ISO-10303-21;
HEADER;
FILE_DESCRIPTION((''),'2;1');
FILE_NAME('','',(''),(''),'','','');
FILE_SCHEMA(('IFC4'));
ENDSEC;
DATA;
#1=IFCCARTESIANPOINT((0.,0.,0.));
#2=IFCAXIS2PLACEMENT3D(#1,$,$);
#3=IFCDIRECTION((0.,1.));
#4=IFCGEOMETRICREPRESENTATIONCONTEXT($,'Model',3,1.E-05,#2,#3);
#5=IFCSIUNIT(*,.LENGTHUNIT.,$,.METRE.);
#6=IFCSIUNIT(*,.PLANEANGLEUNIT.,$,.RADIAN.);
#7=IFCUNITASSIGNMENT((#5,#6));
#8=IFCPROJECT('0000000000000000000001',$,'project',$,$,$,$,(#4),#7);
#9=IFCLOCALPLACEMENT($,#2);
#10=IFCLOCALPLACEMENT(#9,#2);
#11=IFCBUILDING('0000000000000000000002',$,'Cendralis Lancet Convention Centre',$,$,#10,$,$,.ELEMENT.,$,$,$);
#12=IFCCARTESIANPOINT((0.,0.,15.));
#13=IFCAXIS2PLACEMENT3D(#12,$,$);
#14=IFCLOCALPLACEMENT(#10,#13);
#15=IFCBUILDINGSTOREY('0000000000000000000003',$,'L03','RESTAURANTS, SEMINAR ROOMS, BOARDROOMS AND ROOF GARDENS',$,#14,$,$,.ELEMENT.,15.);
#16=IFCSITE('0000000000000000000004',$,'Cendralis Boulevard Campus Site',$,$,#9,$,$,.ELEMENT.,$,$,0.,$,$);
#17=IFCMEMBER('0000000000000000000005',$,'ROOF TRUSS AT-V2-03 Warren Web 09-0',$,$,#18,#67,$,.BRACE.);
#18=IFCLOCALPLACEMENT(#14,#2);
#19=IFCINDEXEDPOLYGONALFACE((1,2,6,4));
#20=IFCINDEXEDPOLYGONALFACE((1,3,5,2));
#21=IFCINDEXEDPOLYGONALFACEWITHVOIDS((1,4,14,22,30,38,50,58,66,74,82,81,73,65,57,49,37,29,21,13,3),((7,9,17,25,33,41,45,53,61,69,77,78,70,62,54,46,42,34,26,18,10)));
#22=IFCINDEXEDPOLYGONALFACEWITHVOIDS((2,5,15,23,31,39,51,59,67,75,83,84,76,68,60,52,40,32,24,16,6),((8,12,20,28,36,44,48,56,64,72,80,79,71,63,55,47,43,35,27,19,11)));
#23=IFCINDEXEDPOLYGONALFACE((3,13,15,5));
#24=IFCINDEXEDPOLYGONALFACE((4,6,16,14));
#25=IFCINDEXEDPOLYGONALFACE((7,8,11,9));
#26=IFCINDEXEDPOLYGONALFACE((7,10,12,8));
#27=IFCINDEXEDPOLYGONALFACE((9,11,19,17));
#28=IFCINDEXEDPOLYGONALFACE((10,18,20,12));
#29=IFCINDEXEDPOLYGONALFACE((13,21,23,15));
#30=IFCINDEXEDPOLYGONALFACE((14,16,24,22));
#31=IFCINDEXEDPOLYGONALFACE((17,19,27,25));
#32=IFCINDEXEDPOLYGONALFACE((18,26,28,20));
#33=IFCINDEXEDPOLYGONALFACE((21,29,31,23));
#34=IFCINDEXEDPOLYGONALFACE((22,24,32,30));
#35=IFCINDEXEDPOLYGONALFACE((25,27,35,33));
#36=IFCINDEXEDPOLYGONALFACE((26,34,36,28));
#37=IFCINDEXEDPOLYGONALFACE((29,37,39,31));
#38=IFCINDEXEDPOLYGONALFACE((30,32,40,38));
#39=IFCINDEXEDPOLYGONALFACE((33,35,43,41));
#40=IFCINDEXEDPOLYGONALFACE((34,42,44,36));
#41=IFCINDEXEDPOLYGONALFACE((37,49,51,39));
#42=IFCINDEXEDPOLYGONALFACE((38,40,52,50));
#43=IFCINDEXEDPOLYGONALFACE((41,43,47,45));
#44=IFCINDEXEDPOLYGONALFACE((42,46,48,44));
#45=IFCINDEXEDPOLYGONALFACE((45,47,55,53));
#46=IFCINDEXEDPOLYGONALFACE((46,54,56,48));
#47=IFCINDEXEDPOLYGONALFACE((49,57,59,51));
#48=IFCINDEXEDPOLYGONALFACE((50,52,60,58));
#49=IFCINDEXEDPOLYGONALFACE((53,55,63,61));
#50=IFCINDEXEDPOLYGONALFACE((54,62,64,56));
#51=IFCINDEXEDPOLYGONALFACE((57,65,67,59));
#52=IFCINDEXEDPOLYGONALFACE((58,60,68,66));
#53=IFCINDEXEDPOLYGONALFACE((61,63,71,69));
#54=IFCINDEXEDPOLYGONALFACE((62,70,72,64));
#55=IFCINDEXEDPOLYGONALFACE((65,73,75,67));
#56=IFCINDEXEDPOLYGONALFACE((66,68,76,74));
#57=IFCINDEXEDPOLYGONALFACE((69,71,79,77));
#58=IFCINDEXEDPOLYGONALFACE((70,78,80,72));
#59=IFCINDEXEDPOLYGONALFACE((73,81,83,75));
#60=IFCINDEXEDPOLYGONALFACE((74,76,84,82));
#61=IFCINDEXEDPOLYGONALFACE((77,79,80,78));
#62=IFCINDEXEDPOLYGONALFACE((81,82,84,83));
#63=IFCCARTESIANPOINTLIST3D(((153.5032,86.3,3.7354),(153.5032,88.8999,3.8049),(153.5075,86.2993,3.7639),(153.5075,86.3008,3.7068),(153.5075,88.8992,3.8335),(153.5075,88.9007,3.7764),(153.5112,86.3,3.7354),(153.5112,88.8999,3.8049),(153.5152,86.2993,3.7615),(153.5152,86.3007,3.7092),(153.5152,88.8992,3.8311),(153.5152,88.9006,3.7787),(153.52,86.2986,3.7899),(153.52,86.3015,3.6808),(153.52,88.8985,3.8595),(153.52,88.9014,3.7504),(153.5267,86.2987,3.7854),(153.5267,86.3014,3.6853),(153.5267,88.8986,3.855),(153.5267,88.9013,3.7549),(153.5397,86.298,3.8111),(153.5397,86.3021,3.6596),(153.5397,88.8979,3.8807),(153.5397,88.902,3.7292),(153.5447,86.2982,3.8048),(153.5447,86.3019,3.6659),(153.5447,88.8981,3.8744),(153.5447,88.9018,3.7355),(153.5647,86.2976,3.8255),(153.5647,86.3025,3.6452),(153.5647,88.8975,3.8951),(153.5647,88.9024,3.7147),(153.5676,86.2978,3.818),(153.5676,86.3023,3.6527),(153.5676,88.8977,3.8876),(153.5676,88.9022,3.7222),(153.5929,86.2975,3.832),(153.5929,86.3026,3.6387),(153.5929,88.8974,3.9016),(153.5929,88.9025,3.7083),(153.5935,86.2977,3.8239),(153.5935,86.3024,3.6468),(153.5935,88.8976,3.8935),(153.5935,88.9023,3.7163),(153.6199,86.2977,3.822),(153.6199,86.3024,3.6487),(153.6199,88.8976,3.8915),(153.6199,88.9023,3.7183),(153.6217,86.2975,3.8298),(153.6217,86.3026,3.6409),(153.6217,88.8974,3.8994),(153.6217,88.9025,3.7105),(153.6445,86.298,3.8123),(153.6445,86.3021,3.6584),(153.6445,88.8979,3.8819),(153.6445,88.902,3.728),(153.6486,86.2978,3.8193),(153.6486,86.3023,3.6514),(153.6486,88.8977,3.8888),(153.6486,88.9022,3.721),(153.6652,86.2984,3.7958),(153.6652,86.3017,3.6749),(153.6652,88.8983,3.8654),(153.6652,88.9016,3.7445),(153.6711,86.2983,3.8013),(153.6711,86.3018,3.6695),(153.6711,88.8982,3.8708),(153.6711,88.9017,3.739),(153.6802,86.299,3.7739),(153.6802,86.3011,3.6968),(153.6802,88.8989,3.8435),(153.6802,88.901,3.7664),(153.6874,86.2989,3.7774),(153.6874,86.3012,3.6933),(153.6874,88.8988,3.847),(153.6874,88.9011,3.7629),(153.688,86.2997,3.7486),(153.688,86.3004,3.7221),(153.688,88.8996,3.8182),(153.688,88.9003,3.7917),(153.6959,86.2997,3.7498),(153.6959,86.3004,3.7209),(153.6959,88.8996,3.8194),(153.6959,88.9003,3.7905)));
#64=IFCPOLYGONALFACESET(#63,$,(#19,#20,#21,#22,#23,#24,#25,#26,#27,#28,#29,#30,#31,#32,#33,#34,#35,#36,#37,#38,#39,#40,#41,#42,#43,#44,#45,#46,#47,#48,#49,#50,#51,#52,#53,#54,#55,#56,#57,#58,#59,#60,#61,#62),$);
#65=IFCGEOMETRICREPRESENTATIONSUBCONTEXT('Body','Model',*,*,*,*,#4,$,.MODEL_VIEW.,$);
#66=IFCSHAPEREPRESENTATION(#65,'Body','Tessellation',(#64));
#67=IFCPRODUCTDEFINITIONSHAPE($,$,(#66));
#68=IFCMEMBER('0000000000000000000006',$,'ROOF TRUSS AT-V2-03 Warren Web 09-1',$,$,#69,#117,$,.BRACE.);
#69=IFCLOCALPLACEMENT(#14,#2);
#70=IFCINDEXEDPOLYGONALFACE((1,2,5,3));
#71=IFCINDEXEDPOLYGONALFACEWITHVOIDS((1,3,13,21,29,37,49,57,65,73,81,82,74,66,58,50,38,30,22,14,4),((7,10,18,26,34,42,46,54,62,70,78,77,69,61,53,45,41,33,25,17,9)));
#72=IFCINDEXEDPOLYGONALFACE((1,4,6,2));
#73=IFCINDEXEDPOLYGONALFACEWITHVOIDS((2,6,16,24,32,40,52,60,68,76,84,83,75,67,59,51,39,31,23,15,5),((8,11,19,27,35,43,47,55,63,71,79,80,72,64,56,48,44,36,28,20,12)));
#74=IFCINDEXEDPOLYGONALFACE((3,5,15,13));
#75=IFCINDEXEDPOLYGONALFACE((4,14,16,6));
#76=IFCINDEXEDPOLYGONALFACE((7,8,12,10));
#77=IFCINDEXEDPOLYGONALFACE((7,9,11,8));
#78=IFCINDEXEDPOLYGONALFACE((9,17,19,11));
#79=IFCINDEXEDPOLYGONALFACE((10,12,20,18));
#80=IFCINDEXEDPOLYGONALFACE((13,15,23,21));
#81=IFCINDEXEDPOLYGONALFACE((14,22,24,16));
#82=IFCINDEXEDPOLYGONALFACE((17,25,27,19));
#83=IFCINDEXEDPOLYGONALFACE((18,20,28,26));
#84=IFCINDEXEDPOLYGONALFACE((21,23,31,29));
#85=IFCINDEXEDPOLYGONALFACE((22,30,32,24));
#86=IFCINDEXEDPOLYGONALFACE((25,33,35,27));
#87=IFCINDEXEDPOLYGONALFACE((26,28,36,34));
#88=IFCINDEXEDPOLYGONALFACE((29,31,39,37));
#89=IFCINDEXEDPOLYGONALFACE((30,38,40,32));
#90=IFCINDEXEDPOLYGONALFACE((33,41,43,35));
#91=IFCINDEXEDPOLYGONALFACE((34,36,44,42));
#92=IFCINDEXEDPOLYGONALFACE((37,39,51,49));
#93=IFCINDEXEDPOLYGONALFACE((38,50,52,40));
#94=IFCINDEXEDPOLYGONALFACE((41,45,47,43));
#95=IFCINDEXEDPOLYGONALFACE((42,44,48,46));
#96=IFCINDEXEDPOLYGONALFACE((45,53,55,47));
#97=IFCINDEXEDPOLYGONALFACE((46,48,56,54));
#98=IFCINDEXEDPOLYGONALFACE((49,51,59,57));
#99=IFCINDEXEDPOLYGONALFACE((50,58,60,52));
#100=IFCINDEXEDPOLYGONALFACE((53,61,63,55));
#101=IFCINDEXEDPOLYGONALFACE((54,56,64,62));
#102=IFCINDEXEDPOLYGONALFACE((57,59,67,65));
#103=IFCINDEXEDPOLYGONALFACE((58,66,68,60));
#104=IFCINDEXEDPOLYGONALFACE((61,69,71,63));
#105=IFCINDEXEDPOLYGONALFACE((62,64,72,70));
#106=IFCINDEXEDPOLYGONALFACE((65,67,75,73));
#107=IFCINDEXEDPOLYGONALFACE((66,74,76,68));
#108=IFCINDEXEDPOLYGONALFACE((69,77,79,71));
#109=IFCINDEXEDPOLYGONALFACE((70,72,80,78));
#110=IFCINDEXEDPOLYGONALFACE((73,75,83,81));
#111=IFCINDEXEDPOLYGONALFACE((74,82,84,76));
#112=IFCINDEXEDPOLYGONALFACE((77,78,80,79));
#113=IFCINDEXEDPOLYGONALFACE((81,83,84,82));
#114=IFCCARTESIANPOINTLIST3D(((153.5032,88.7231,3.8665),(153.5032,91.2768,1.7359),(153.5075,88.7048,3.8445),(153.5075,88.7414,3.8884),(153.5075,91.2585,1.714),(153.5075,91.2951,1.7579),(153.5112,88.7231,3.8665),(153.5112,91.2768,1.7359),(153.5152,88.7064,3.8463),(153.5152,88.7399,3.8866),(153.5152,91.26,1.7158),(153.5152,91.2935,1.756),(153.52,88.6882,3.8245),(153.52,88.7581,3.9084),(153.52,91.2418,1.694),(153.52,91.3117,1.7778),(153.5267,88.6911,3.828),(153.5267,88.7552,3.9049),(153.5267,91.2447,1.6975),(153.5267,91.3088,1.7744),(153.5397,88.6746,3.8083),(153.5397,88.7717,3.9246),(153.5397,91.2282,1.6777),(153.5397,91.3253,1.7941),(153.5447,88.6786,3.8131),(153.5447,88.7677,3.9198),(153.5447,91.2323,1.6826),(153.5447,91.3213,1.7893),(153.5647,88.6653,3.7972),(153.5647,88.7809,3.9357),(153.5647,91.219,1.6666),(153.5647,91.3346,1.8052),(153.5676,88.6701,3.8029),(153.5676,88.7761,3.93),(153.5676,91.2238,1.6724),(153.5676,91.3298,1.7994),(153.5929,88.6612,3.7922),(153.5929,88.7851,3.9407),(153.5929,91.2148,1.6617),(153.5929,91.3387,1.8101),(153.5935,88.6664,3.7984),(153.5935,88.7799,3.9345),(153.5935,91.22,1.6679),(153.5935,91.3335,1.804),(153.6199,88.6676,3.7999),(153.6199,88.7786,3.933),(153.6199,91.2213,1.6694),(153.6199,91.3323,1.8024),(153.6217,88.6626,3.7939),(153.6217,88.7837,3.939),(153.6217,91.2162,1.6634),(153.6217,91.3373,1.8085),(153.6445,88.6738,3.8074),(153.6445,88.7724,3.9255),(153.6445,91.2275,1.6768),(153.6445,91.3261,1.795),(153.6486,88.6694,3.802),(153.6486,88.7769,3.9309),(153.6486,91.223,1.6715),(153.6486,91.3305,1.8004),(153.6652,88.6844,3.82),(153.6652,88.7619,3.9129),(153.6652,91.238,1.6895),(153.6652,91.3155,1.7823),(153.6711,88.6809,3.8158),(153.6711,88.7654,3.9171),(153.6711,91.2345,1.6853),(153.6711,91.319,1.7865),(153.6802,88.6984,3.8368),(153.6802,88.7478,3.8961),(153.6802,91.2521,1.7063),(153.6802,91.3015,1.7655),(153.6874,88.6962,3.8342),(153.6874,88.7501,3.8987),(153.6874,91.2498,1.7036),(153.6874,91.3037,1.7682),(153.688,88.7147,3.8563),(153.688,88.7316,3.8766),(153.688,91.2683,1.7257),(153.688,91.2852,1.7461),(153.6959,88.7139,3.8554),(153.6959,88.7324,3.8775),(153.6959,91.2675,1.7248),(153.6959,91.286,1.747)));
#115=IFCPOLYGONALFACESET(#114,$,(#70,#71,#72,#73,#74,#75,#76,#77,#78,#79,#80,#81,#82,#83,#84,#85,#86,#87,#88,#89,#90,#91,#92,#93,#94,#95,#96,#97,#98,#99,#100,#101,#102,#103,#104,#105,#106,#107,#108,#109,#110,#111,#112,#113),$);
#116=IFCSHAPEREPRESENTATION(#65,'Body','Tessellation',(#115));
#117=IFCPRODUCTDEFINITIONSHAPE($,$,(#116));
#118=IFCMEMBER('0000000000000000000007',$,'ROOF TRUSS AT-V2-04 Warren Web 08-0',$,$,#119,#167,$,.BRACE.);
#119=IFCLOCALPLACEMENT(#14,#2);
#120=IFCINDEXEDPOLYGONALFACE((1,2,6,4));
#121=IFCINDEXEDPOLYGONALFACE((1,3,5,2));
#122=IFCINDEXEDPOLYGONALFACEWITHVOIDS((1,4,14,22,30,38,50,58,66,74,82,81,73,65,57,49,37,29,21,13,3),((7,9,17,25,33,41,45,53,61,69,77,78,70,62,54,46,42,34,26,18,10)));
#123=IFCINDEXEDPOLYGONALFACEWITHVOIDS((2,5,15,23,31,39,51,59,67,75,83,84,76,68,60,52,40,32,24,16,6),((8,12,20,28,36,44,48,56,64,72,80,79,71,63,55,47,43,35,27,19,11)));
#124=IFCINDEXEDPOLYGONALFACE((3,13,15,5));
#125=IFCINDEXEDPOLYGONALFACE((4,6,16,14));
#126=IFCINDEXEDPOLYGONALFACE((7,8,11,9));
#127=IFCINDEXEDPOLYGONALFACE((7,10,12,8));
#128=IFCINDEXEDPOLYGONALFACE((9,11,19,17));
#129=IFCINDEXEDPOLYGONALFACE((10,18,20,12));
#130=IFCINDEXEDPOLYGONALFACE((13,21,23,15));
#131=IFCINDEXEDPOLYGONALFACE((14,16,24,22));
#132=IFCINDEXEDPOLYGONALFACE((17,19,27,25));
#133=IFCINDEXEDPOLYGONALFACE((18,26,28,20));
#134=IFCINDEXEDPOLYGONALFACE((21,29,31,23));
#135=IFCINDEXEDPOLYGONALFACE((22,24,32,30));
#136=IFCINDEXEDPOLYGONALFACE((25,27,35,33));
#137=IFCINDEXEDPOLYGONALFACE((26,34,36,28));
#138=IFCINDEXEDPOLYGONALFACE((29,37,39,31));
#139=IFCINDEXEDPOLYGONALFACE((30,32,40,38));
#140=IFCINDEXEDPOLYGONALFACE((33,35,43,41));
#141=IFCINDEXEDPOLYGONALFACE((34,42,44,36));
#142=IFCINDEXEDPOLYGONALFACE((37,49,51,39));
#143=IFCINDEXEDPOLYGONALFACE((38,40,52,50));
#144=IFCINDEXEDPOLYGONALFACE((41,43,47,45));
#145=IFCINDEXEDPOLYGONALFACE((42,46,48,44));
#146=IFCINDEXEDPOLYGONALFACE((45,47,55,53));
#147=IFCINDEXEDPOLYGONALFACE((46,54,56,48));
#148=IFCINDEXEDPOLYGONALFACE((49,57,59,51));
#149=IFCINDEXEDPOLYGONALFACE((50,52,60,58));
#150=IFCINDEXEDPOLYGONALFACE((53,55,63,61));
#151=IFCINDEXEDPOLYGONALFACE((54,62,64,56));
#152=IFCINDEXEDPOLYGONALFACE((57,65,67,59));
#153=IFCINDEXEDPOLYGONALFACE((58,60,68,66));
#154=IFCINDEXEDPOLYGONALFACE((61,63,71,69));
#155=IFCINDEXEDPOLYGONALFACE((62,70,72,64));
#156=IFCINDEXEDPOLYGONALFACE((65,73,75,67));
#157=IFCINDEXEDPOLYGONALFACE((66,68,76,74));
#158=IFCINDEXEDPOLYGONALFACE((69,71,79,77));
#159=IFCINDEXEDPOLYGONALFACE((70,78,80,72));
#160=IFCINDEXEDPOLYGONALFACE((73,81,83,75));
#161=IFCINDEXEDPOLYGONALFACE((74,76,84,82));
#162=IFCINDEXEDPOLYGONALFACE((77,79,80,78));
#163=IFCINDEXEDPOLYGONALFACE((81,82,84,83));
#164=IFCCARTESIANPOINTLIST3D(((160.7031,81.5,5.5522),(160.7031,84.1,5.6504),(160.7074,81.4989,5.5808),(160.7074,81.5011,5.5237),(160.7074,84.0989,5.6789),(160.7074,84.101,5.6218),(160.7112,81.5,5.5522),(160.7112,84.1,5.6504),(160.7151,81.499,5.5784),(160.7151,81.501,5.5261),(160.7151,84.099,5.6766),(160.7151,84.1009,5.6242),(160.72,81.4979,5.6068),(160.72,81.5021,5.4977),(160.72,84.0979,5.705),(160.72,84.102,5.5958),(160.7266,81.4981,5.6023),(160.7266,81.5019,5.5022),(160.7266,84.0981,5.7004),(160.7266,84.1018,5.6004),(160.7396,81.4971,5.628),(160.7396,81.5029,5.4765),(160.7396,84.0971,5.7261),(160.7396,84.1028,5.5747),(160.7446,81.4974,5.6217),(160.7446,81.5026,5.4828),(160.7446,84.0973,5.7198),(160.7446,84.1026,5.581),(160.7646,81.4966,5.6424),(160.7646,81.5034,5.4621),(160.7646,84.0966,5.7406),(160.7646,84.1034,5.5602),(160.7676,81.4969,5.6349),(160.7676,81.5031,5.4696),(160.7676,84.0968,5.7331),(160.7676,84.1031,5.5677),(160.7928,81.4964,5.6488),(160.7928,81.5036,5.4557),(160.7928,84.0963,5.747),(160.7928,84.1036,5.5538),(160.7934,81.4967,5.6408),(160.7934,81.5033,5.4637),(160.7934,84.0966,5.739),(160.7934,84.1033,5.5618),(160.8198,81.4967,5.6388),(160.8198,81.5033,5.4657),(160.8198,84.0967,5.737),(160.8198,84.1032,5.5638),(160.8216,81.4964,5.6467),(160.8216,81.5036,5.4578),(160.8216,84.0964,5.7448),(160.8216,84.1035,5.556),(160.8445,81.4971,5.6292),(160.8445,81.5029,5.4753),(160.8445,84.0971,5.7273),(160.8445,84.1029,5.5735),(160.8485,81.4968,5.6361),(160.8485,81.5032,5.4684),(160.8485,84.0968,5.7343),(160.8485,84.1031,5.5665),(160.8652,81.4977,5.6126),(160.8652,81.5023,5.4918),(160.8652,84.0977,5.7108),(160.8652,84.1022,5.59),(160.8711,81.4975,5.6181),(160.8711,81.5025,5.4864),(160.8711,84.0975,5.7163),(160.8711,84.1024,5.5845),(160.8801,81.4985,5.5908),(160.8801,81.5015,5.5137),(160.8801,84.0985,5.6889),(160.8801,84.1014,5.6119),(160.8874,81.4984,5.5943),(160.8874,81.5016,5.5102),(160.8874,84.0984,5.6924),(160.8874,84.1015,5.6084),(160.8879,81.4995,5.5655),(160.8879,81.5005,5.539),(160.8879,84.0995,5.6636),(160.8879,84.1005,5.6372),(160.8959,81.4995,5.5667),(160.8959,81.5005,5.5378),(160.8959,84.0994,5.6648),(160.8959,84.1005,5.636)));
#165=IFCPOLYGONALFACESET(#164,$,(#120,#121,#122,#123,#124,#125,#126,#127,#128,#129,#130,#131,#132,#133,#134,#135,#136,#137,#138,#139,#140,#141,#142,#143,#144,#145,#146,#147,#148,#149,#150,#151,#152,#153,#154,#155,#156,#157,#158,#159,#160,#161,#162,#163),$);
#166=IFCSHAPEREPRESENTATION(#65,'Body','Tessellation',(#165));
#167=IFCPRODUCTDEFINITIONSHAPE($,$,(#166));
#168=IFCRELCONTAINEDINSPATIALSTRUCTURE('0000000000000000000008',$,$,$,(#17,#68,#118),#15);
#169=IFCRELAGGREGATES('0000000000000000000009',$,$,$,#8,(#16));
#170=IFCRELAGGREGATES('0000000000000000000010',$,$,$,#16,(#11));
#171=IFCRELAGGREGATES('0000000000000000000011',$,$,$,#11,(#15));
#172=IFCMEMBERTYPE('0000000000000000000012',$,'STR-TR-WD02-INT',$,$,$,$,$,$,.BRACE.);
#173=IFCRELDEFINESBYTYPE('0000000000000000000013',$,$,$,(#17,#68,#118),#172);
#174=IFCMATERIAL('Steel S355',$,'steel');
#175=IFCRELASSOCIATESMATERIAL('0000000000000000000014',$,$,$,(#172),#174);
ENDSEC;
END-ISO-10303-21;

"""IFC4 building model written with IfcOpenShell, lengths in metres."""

from ifc_helpers import new_model, si_unit, direction, frame, origin, origin_2d, place, context, subcontext, project, spatial, hollow_circle, extrude, material, material_profile, profile_set, type_object, element, save


model = new_model("IFC4")

# Units and contexts
model_context = context("Model", 3, precision=1e-05, world=origin(), true_north=direction((0.0, 1.0)))
body_context = subcontext(model_context, "Body", "Model", "MODEL_VIEW")
ifc_project = project(units=[si_unit("LENGTHUNIT", "METRE"), si_unit("PLANEANGLEUNIT", "RADIAN")], contexts=[model_context])

# Site, building, storey
site_placement = place(None, origin())
site = spatial("IfcSite", under=ifc_project, at=site_placement, Name="Cendralis Boulevard Campus Site", CompositionType="ELEMENT", RefElevation=0.0)
building_placement = place(site_placement, origin())
building = spatial("IfcBuilding", under=site, at=building_placement, Name="Cendralis Lancet Convention Centre", CompositionType="ELEMENT")
storey_placement = place(building_placement, frame((0.0, 0.0, 15.0)))
storey = spatial("IfcBuildingStorey", under=building, at=storey_placement, Name="L03", Description="RESTAURANTS, SEMINAR ROOMS, BOARDROOMS AND ROOF GARDENS", CompositionType="ELEMENT", Elevation=15.0)

# Shared definitions
ifc_material_1 = material(Name="Steel S355", Category="steel")

# Members
ifc_material_profile_1 = material_profile(ifc_material_1, hollow_circle(Radius=0.0969, WallThickness=0.0081, at=origin_2d()), Name="CHS 193.7x8.0")
ifc_profile_set_1 = profile_set([ifc_material_profile_1], Name="Steel S355")
member_type_1 = type_object("IfcMemberType", Name="STR-TR-WD02-INT", PredefinedType="BRACE", material=ifc_profile_set_1)
member_1_placement = place(storey_placement, frame((153.6001, 86.3, 3.7354), z_axis=(0.0, 0.999642, 0.026753), x_axis=(-1.0, 0.0, 0.0)))
element("IfcMember", 1, at=member_1_placement, inside=storey, type_object=member_type_1, Name="ROOF TRUSS AT-V2-03 Warren Web 09-0", PredefinedType="BRACE", context=body_context, shape_type="SweptSolid", body=[
    extrude(hollow_circle(Radius=0.0969, WallThickness=0.0081, at=origin_2d()), origin(), (0.0, 0.0, 1.0), 2.6008),
])
member_2_placement = place(storey_placement, frame((153.6001, 88.7231, 3.8665), z_axis=(0.0, 0.767848, -0.640632), x_axis=(-1.0, 0.0, 0.0)))
element("IfcMember", 2, at=member_2_placement, inside=storey, type_object=member_type_1, Name="ROOF TRUSS AT-V2-03 Warren Web 09-1", PredefinedType="BRACE", context=body_context, shape_type="SweptSolid", body=[
    extrude(hollow_circle(Radius=0.0969, WallThickness=0.0081, at=origin_2d()), origin(), (0.0, 0.0, 1.0), 3.3257),
])
member_3_placement = place(storey_placement, frame((160.8, 81.5, 5.5522), z_axis=(0.0, 0.999288, 0.037723), x_axis=(-1.0, 0.0, 0.0)))
element("IfcMember", 3, at=member_3_placement, inside=storey, type_object=member_type_1, Name="ROOF TRUSS AT-V2-04 Warren Web 08-0", PredefinedType="BRACE", context=body_context, shape_type="SweptSolid", body=[
    extrude(hollow_circle(Radius=0.0969, WallThickness=0.0081, at=origin_2d()), origin(), (0.0, 0.0, 1.0), 2.6018),
])

save(model, "model.ifc")
